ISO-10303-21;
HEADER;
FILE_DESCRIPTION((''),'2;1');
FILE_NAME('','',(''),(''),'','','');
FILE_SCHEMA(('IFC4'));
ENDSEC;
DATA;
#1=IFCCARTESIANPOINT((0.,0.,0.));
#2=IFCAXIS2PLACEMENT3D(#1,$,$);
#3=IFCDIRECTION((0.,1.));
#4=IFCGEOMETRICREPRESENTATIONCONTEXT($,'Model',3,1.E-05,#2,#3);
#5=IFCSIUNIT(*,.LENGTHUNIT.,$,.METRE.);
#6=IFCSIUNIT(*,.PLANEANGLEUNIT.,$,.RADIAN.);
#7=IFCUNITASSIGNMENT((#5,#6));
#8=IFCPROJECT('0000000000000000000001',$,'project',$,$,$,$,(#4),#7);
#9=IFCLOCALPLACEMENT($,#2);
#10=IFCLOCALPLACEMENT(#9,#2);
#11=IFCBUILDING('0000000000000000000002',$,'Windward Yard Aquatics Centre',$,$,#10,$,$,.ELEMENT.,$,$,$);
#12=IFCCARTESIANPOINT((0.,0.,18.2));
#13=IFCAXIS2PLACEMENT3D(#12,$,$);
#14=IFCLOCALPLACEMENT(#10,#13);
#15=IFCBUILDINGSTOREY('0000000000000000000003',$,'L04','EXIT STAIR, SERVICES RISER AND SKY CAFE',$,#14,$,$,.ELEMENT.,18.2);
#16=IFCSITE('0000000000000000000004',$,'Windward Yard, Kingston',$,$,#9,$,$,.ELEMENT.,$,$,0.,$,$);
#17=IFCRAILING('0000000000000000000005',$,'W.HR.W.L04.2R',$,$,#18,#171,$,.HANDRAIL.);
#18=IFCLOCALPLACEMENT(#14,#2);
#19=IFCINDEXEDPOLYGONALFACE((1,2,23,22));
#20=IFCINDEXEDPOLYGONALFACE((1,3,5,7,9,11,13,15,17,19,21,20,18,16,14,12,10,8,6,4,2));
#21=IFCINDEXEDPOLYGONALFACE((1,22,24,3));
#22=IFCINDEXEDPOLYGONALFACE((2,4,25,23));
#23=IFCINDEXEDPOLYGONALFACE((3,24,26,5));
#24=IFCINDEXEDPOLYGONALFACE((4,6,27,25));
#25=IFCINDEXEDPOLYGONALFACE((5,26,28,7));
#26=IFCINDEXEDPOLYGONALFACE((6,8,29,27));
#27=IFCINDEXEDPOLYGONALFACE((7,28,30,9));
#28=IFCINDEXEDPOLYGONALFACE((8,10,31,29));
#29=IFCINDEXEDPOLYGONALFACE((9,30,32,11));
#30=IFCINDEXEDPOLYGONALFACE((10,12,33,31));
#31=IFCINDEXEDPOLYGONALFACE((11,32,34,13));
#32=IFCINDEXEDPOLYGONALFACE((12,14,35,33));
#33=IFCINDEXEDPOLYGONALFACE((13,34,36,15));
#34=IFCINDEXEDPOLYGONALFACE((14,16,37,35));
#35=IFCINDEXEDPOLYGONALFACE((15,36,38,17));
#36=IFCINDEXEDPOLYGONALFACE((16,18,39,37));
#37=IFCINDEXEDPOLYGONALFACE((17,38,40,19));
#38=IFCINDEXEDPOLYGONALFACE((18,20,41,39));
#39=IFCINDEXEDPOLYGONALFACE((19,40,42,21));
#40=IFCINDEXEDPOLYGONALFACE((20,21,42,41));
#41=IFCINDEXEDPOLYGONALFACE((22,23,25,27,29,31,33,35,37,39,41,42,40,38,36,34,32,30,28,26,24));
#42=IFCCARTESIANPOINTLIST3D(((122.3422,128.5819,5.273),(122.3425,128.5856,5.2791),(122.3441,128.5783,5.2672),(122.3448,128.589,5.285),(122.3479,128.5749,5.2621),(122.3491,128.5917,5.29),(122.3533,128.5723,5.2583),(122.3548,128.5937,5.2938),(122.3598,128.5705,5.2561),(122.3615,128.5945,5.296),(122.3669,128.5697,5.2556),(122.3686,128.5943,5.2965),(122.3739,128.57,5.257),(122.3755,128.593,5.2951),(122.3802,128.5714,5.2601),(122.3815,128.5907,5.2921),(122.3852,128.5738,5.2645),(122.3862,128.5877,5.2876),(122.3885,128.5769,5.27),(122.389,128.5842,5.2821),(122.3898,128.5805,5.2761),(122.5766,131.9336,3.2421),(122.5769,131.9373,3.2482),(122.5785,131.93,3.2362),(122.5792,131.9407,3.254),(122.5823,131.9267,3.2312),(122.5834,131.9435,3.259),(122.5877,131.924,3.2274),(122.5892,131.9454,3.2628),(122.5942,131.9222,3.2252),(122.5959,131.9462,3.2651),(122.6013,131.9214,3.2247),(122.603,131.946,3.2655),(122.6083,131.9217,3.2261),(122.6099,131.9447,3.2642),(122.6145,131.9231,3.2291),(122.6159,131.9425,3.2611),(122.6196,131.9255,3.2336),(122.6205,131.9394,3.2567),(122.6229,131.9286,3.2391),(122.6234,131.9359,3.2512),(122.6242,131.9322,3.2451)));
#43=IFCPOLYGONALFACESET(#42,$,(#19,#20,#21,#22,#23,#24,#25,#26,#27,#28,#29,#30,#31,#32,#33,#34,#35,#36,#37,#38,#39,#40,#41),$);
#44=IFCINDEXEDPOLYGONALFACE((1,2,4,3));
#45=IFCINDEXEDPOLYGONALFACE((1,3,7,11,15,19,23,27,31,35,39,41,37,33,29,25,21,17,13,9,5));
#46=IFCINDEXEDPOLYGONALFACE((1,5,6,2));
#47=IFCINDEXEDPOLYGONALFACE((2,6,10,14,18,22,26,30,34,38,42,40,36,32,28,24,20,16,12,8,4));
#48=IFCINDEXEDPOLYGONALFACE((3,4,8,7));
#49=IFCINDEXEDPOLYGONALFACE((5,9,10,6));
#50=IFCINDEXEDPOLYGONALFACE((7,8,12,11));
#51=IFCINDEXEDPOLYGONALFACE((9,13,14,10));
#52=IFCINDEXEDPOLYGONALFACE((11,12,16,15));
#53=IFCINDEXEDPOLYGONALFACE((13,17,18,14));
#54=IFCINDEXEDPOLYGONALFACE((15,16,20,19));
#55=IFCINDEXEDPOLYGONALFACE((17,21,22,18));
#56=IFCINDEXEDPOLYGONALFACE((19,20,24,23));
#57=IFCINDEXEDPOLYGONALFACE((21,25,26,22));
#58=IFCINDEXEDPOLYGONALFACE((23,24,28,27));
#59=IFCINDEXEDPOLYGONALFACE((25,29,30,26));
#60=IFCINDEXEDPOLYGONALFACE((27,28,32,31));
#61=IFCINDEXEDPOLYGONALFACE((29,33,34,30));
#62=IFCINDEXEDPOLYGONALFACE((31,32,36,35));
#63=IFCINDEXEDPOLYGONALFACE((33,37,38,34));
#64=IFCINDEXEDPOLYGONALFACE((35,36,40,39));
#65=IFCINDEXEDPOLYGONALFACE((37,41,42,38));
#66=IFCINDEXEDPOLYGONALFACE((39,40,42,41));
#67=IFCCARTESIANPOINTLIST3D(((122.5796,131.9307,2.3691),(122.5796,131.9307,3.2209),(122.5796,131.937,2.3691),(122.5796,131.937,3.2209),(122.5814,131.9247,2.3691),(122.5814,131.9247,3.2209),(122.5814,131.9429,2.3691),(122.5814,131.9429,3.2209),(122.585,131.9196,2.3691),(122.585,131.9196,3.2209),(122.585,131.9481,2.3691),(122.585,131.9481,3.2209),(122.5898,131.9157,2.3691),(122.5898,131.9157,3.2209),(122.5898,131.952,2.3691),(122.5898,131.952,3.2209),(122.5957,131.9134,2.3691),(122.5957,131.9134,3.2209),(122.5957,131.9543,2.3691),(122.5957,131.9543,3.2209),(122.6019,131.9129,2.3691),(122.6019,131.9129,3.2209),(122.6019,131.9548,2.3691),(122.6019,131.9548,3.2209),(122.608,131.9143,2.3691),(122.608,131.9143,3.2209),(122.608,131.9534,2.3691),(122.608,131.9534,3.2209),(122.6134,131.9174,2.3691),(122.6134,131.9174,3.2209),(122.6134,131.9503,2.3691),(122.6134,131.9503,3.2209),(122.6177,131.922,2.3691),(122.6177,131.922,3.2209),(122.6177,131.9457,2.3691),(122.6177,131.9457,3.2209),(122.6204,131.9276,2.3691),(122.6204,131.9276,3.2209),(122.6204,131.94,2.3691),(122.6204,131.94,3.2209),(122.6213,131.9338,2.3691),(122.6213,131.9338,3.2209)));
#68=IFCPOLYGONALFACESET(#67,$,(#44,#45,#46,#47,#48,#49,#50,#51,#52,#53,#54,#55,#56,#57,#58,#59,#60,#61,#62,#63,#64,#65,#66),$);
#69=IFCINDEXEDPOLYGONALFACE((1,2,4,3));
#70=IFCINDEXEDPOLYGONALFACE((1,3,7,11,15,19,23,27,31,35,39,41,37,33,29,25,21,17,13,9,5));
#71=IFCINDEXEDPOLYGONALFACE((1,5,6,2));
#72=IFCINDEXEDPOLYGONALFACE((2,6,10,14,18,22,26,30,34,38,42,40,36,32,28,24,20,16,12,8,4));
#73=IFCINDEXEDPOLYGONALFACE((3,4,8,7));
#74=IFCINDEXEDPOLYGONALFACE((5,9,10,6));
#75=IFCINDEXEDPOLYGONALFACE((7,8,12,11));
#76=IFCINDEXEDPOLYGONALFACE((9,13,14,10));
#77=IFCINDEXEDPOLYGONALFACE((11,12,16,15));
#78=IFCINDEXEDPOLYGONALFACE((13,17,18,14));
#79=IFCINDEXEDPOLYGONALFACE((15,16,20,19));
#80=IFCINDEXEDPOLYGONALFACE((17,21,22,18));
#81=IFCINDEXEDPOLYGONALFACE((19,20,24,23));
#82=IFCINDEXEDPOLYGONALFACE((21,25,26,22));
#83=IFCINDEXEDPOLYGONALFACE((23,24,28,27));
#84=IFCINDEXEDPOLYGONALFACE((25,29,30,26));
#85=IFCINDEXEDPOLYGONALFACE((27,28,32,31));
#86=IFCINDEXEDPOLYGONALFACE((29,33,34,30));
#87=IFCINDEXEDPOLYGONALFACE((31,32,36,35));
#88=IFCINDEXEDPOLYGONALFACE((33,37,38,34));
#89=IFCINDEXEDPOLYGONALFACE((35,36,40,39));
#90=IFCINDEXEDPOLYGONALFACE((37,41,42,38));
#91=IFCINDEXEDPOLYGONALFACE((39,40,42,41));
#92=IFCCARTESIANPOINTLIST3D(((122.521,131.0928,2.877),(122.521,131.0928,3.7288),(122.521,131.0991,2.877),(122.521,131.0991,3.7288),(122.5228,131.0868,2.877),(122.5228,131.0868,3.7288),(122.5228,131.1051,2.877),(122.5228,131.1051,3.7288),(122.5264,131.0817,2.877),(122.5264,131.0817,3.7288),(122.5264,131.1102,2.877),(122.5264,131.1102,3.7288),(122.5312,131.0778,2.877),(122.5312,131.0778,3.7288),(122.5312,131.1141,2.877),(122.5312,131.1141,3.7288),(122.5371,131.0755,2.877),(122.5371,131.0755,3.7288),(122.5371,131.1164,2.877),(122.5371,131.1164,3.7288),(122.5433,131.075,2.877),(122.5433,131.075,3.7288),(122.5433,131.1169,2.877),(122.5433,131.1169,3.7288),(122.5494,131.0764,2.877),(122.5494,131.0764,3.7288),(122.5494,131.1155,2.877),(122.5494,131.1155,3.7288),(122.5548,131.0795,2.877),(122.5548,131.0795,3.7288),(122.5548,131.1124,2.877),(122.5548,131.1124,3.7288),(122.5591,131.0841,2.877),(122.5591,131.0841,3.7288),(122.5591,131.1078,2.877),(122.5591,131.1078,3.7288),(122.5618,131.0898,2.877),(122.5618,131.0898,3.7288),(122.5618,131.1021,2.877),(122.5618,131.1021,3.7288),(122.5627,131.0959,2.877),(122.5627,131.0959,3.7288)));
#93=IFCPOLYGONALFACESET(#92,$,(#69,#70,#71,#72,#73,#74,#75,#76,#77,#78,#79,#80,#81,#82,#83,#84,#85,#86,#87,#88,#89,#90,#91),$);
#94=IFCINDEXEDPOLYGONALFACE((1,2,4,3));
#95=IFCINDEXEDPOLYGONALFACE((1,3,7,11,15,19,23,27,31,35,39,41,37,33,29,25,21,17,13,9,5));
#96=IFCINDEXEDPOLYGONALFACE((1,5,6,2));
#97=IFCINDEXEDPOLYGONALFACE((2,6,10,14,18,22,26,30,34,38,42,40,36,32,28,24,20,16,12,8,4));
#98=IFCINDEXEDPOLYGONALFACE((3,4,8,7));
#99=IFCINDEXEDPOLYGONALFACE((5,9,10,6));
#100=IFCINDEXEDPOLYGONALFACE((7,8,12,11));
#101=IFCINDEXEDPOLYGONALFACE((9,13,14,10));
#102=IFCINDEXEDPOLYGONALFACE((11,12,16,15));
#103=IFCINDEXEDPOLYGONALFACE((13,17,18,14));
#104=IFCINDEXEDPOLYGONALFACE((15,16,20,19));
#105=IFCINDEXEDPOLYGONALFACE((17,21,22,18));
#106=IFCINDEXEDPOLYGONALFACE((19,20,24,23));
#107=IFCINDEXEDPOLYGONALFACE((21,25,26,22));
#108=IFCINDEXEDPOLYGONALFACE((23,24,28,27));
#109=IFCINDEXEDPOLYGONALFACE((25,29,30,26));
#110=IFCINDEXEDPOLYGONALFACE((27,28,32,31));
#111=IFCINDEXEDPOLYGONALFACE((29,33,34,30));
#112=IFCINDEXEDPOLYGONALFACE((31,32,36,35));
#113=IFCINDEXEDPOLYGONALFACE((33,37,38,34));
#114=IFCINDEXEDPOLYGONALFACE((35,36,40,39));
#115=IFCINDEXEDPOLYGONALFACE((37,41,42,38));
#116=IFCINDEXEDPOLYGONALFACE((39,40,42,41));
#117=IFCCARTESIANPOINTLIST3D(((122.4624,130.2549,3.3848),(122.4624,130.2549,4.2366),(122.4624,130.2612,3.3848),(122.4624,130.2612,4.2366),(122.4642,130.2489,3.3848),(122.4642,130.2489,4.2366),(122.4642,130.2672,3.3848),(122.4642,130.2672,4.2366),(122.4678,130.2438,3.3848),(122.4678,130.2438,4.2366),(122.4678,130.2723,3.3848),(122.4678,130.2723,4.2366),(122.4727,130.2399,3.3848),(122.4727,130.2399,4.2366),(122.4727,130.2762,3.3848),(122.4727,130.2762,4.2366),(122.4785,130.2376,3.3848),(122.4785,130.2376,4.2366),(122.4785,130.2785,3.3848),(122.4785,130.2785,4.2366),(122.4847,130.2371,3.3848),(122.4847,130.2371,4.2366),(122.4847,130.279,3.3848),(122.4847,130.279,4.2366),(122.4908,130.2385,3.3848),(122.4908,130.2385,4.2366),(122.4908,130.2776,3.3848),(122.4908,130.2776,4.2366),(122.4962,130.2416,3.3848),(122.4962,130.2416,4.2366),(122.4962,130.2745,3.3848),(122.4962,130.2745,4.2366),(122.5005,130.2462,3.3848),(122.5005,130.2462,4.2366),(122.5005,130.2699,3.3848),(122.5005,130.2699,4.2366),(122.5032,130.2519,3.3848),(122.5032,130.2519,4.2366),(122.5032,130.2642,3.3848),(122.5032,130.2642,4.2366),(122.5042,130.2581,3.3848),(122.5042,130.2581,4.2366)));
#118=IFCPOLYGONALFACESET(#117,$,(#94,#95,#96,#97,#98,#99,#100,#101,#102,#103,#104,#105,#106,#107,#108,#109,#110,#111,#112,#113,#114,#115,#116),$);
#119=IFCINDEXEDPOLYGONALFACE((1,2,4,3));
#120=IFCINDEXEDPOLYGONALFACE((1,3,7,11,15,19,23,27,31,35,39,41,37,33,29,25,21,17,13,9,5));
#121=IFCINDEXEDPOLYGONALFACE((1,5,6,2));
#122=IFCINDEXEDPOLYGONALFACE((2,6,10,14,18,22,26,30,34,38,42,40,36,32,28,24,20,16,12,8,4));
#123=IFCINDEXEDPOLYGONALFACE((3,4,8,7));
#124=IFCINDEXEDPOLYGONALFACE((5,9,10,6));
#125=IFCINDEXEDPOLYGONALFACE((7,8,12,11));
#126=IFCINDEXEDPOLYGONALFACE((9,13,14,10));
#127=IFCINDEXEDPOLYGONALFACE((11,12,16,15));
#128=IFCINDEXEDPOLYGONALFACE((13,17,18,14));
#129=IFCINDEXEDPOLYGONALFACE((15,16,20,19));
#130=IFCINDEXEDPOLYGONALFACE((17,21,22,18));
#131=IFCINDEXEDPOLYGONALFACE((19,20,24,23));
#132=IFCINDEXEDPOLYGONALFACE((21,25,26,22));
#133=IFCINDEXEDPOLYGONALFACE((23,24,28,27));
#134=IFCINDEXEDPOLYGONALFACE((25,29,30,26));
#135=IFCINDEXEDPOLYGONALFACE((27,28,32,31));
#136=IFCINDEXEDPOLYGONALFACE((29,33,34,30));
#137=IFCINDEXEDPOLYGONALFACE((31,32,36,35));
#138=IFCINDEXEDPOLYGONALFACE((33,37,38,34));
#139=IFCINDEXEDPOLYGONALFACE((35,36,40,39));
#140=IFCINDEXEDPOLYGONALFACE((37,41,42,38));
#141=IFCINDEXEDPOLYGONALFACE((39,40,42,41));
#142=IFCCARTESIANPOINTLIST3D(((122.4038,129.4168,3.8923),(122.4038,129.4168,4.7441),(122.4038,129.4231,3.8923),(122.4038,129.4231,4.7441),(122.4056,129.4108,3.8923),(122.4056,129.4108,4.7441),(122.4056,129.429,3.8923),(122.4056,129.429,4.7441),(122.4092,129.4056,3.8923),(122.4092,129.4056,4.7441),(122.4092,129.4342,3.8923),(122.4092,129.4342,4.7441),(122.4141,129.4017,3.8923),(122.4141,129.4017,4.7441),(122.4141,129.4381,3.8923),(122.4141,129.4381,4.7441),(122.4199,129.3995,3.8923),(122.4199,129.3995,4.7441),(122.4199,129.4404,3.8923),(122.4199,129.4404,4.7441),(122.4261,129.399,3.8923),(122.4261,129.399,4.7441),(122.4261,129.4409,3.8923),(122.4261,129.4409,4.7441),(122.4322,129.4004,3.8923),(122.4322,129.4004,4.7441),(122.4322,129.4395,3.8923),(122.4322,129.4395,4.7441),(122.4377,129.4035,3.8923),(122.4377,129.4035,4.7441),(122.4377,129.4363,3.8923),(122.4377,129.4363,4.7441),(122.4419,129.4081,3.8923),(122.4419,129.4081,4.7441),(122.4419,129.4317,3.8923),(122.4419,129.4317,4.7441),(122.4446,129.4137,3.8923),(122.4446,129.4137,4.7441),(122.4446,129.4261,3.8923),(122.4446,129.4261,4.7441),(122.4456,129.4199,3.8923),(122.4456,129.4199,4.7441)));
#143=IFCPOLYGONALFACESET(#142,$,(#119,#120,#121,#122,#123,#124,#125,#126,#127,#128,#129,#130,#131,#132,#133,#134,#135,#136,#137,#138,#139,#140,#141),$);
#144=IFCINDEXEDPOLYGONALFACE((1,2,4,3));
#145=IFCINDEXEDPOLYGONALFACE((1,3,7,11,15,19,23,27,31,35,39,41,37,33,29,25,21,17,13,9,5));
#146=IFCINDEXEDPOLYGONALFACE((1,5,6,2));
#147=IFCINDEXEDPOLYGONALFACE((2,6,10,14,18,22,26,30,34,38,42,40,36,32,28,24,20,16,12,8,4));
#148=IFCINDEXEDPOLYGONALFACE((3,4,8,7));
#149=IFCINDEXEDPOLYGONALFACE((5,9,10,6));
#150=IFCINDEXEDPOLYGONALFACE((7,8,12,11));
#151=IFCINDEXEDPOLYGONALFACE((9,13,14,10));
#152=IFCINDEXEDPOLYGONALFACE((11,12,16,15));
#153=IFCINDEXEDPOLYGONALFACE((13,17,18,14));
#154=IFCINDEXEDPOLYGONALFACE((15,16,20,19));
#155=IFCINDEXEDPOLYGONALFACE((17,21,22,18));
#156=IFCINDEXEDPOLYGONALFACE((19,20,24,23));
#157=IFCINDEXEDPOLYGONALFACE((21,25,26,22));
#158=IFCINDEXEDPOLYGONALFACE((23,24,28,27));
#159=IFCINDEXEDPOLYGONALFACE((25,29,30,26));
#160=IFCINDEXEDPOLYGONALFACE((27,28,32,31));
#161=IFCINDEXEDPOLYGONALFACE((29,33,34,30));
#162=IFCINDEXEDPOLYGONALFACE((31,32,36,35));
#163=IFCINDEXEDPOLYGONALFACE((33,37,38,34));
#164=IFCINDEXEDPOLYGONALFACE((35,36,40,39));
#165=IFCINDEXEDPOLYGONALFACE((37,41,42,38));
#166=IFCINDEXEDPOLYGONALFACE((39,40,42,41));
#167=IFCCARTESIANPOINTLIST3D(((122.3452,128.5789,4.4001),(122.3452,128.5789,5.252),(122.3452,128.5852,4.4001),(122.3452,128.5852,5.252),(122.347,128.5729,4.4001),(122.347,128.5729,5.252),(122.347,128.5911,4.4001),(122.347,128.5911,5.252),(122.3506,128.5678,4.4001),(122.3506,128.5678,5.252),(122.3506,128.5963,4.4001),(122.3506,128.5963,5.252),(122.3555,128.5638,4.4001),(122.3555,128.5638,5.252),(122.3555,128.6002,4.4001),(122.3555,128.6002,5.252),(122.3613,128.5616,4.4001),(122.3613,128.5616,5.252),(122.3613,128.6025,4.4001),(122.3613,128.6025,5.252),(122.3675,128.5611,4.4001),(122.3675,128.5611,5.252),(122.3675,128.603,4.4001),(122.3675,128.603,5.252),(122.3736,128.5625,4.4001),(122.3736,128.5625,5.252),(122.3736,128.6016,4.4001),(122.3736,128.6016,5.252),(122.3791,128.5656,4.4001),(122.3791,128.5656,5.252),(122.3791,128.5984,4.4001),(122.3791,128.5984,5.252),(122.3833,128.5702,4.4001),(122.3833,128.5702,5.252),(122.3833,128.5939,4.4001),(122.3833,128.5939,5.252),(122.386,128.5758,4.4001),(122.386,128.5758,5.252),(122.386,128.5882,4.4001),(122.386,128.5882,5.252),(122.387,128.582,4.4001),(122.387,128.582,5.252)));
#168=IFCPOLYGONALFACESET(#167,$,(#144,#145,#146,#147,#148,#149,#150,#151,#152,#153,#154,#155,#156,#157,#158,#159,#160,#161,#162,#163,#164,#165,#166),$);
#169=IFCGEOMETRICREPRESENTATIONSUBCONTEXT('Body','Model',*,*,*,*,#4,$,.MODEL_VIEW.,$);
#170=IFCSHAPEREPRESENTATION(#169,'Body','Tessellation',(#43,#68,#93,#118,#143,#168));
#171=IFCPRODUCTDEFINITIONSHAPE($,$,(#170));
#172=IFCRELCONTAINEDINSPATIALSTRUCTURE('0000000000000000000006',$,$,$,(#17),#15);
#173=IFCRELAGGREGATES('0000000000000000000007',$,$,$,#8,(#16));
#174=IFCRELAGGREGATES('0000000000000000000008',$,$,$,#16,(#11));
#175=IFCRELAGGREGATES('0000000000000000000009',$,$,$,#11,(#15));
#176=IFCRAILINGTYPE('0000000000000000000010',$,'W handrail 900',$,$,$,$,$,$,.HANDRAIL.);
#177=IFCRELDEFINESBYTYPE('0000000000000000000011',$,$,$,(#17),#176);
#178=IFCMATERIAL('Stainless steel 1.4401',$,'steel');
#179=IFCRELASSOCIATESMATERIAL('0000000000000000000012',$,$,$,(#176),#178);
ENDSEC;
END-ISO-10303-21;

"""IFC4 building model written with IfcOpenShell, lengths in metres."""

from ifc_helpers import new_model, si_unit, direction, frame, origin, origin_2d, place, context, subcontext, project, spatial, circle, extrude, material, type_object, element, save


model = new_model("IFC4")

# Units and contexts
model_context = context("Model", 3, precision=1e-05, world=origin(), true_north=direction((0.0, 1.0)))
body_context = subcontext(model_context, "Body", "Model", "MODEL_VIEW")
ifc_project = project(units=[si_unit("LENGTHUNIT", "METRE"), si_unit("PLANEANGLEUNIT", "RADIAN")], contexts=[model_context])

# Site, building, storey
site_placement = place(None, origin())
site = spatial("IfcSite", under=ifc_project, at=site_placement, Name="Windward Yard, Kingston", CompositionType="ELEMENT", RefElevation=0.0)
building_placement = place(site_placement, origin())
building = spatial("IfcBuilding", under=site, at=building_placement, Name="Windward Yard Aquatics Centre", CompositionType="ELEMENT")
storey_placement = place(building_placement, frame((0.0, 0.0, 18.2)))
storey = spatial("IfcBuildingStorey", under=building, at=storey_placement, Name="L04", Description="EXIT STAIR, SERVICES RISER AND SKY CAFE", CompositionType="ELEMENT", Elevation=18.2)

# Railing
ifc_material_1 = material(Name="Stainless steel 1.4401", Category="steel")
railing_type_1 = type_object("IfcRailingType", Name="W handrail 900", PredefinedType="HANDRAIL", material=ifc_material_1)
railing_1_placement = place(storey_placement, frame((122.6003, 131.9338, 2.3691)))
element("IfcRailing", 1, at=railing_1_placement, inside=storey, type_object=railing_type_1, Name="W.HR.W.L04.2R", PredefinedType="HANDRAIL", context=body_context, shape_type="SweptSolid", body=[
    extrude(circle(Radius=0.0239, at=origin_2d()), frame((0.0, 0.0, 0.876), z_axis=(-0.059696, -0.853717, 0.517304), x_axis=(0.997564, -0.069755, 0.0)), (0.0, 0.0, 1.0), 3.926),
    extrude(circle(Radius=0.021, at=origin_2d()), origin(), (0.0, 0.0, 1.0), 0.8518),
    extrude(circle(Radius=0.021, at=origin_2d()), frame((-0.0586, -0.8379, 0.5078)), (0.0, 0.0, 1.0), 0.8518),
    extrude(circle(Radius=0.021, at=origin_2d()), frame((-0.1172, -1.6758, 1.0156)), (0.0, 0.0, 1.0), 0.8518),
    extrude(circle(Radius=0.021, at=origin_2d()), frame((-0.1758, -2.5139, 1.5232)), (0.0, 0.0, 1.0), 0.8518),
    extrude(circle(Radius=0.021, at=origin_2d()), frame((-0.2344, -3.3518, 2.031)), (0.0, 0.0, 1.0), 0.8518),
])

save(model, "model.ifc")
